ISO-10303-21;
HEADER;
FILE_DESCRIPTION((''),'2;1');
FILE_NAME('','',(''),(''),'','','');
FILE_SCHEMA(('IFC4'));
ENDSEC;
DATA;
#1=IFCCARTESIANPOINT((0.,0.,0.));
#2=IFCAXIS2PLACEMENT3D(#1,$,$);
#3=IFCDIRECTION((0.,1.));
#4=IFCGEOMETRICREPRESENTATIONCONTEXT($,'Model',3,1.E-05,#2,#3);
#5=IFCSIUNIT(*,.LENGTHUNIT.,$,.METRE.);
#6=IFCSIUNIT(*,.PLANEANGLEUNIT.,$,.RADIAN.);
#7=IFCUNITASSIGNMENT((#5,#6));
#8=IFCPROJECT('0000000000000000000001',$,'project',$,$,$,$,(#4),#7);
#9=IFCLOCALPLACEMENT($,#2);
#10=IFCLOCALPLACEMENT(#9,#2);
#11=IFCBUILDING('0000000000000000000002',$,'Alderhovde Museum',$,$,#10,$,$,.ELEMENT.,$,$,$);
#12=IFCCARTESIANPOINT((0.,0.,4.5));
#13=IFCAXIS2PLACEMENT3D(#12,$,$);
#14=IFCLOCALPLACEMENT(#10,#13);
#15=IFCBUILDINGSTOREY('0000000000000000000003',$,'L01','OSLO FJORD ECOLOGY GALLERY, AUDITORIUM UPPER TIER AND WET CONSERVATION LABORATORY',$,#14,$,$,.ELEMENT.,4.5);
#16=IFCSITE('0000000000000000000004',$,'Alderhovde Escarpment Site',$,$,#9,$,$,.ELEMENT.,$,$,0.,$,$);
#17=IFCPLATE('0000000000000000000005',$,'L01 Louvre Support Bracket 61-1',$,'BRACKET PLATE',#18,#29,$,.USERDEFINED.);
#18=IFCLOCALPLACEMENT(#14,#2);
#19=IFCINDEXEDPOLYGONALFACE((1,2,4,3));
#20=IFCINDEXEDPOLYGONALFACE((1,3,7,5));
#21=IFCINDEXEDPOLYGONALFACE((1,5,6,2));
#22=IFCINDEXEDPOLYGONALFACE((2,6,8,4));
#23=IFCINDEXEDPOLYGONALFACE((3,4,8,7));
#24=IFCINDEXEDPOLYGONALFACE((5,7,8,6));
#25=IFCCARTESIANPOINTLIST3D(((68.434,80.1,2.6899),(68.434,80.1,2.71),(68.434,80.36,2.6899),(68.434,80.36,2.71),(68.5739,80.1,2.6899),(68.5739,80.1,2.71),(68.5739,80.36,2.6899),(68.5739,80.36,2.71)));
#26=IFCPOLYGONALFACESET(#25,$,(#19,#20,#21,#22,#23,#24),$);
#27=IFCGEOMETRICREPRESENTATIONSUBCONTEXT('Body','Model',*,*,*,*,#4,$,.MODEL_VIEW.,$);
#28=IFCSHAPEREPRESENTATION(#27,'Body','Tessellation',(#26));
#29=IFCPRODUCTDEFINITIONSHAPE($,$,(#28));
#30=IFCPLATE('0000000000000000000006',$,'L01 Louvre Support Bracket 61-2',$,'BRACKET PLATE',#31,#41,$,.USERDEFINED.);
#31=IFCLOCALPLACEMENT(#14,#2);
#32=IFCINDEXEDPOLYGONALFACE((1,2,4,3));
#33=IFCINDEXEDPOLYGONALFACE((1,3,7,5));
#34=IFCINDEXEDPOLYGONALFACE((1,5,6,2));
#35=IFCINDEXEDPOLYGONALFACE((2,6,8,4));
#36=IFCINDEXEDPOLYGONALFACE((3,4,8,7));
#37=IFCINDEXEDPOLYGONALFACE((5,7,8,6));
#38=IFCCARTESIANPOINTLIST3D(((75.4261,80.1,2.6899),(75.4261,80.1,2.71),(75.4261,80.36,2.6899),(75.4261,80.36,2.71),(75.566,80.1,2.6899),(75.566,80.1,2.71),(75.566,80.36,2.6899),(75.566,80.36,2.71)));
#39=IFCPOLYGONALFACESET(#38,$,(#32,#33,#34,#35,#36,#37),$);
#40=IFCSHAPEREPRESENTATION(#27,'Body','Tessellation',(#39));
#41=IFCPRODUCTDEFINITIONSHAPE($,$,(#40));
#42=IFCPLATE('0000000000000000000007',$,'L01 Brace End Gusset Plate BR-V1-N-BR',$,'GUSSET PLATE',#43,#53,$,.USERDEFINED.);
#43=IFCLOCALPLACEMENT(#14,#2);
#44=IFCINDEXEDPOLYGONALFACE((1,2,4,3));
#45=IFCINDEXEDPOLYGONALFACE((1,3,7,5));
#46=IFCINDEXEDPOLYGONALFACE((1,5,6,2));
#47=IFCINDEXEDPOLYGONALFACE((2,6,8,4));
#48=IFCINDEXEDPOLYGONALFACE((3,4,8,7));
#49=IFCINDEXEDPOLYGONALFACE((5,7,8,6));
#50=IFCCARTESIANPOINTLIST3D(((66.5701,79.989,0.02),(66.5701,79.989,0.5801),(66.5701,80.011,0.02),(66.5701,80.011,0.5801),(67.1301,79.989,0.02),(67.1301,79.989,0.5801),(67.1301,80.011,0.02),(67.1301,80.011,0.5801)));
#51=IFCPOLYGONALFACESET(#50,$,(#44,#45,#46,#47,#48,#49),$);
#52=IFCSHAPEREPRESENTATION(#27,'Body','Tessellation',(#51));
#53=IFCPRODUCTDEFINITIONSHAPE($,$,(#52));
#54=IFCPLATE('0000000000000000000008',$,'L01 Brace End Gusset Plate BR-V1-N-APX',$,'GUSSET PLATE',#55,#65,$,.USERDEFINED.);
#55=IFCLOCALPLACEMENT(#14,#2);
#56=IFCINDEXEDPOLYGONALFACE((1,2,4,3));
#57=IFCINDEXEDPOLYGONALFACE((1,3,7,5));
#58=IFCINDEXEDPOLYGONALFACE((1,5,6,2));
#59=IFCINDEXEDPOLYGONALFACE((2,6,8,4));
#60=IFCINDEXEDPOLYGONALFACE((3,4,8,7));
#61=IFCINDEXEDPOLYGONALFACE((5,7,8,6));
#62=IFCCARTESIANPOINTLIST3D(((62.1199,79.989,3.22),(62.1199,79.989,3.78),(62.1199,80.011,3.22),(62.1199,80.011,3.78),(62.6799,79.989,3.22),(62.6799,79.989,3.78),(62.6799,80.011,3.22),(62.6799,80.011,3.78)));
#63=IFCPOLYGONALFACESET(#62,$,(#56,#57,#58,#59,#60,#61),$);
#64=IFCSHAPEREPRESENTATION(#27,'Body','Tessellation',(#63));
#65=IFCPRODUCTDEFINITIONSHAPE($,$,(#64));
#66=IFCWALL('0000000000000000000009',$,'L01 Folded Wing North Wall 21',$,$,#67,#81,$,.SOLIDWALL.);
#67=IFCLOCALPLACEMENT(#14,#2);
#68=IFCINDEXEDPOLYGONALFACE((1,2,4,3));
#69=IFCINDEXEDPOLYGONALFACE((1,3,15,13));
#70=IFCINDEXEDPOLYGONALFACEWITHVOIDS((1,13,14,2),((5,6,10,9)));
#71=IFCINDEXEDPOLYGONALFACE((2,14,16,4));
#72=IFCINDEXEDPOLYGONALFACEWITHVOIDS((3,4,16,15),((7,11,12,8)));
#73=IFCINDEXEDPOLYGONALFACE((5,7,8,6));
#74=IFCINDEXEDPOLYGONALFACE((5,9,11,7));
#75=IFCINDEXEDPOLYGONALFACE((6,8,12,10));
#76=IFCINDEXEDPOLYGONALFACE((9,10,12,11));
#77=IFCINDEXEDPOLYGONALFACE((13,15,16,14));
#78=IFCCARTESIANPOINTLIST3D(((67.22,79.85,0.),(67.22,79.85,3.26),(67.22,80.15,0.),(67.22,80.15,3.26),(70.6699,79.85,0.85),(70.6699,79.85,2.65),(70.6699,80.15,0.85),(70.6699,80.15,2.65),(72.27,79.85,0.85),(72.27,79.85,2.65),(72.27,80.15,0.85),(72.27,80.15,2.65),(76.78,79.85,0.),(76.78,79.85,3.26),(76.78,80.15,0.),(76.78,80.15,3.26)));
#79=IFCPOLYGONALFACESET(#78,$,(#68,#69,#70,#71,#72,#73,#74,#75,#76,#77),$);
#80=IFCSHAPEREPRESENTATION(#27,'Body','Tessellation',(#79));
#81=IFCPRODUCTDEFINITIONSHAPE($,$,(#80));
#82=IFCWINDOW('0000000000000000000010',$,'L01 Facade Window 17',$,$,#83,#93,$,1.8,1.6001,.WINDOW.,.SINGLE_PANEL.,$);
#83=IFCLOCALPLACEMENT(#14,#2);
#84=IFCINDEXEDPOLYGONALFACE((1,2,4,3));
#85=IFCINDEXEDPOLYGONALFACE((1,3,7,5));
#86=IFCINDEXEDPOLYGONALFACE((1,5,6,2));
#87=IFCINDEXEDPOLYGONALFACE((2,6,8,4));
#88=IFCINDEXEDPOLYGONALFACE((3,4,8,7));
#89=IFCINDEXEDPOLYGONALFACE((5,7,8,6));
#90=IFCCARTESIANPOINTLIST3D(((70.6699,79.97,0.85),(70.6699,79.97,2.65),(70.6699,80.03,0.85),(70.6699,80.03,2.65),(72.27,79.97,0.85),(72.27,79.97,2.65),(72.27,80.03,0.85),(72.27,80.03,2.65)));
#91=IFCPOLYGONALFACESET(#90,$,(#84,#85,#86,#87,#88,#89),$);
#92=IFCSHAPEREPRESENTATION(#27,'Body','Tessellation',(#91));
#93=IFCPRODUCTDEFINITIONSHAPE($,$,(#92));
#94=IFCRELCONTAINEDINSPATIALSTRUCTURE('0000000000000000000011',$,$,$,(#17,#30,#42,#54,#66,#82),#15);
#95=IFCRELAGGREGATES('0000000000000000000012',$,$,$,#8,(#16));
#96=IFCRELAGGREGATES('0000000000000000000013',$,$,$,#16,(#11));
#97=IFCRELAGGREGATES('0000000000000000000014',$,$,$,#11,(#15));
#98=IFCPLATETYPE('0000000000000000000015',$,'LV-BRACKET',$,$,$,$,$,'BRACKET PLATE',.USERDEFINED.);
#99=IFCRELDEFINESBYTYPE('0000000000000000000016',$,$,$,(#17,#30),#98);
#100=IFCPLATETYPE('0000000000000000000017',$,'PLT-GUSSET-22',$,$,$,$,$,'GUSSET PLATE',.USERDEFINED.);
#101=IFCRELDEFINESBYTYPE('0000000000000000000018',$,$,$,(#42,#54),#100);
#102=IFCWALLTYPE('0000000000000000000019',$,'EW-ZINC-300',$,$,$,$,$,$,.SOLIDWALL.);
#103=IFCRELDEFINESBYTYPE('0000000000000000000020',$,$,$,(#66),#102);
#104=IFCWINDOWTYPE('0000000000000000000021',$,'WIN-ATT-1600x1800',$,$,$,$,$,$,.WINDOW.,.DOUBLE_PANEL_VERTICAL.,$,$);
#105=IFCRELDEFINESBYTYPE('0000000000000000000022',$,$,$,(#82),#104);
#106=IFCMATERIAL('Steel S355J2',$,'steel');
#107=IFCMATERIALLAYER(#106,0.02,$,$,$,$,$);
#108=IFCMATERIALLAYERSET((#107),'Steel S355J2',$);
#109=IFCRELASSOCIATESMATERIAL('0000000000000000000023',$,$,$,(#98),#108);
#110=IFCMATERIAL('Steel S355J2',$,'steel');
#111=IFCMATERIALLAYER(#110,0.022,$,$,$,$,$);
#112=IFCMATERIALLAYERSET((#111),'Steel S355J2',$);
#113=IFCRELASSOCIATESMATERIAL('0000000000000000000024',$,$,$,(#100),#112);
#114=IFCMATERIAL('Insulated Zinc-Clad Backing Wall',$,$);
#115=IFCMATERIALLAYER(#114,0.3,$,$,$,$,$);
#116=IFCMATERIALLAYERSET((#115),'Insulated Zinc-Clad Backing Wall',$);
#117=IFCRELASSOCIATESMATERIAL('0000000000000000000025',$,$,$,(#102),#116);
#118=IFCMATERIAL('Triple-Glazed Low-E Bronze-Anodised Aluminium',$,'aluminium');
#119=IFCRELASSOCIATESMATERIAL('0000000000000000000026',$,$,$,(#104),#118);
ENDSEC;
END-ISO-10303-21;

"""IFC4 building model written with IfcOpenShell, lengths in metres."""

from ifc_helpers import new_model, si_unit, direction, frame, frame_2d, origin, origin_2d, place, context, subcontext, project, spatial, rectangle, extrude, material, layer, layer_set, type_object, element, fill, save


model = new_model("IFC4")

# Units and contexts
model_context = context("Model", 3, precision=1e-05, world=origin(), true_north=direction((0.0, 1.0)))
body_context = subcontext(model_context, "Body", "Model", "MODEL_VIEW")
ifc_project = project(units=[si_unit("LENGTHUNIT", "METRE"), si_unit("PLANEANGLEUNIT", "RADIAN")], contexts=[model_context])

# Site, building, storey
site_placement = place(None, origin())
site = spatial("IfcSite", under=ifc_project, at=site_placement, Name="Alderhovde Escarpment Site", CompositionType="ELEMENT", RefElevation=0.0)
building_placement = place(site_placement, origin())
building = spatial("IfcBuilding", under=site, at=building_placement, Name="Alderhovde Museum", CompositionType="ELEMENT")
storey_placement = place(building_placement, frame((0.0, 0.0, 4.5)))
storey = spatial("IfcBuildingStorey", under=building, at=storey_placement, Name="L01", Description="OSLO FJORD ECOLOGY GALLERY, AUDITORIUM UPPER TIER AND WET CONSERVATION LABORATORY", CompositionType="ELEMENT", Elevation=4.5)

# Plates
ifc_material_1 = material(Name="Steel S355J2", Category="steel")
ifc_layer_1 = layer(ifc_material_1, 0.02)
ifc_layer_set_1 = layer_set([ifc_layer_1], Name="Steel S355J2")
plate_type_1 = type_object("IfcPlateType", Name="LV-BRACKET", ElementType="BRACKET PLATE", PredefinedType="USERDEFINED", material=ifc_layer_set_1)
for number, where, z_axis, x_axis, name in (
    (1, (68.5039, 80.23, 2.6899), (0.0, 0.0, 1.0), (1.0, 0.0, 0.0), "L01 Louvre Support Bracket 61-1"),
    (2, (75.4961, 80.23, 2.6899), (0.0, 0.0, 1.0), (1.0, 0.0, 0.0), "L01 Louvre Support Bracket 61-2"),
):
    element("IfcPlate", number, at=place(storey_placement, frame(where, z_axis=z_axis, x_axis=x_axis)), inside=storey, type_object=plate_type_1, Name=name, ObjectType="BRACKET PLATE", PredefinedType="USERDEFINED", context=body_context, shape_type="SweptSolid", body=[
        extrude(rectangle(XDim=0.1399, YDim=0.26, at=origin_2d()), origin(), (0.0, 0.0, 1.0), 0.02),
    ])
ifc_material_2 = material(Name="Steel S355J2", Category="steel")
ifc_layer_2 = layer(ifc_material_2, 0.022)
ifc_layer_set_2 = layer_set([ifc_layer_2], Name="Steel S355J2")
plate_type_2 = type_object("IfcPlateType", Name="PLT-GUSSET-22", ElementType="GUSSET PLATE", PredefinedType="USERDEFINED", material=ifc_layer_set_2)
for number, where, z_axis, x_axis, name in (
    (3, (66.8501, 80.0, 0.02), (0.0, 0.0, 1.0), (1.0, 0.0, 0.0), "L01 Brace End Gusset Plate BR-V1-N-BR"),
    (4, (62.3999, 80.0, 3.22), (0.0, 0.0, 1.0), (1.0, 0.0, 0.0), "L01 Brace End Gusset Plate BR-V1-N-APX"),
):
    element("IfcPlate", number, at=place(storey_placement, frame(where, z_axis=z_axis, x_axis=x_axis)), inside=storey, type_object=plate_type_2, Name=name, ObjectType="GUSSET PLATE", PredefinedType="USERDEFINED", context=body_context, shape_type="SweptSolid", body=[
        extrude(rectangle(XDim=0.5601, YDim=0.022, at=origin_2d()), origin(), (0.0, 0.0, 1.0), 0.5601),
    ])

# Wall, opening, window
ifc_material_3 = material(Name="Insulated Zinc-Clad Backing Wall")
ifc_layer_3 = layer(ifc_material_3, 0.3)
ifc_layer_set_3 = layer_set([ifc_layer_3], Name="Insulated Zinc-Clad Backing Wall")
wall_type = type_object("IfcWallType", Name="EW-ZINC-300", PredefinedType="SOLIDWALL", material=ifc_layer_set_3)
wall_placement = place(storey_placement, frame((67.22, 80.0, 0.0), z_axis=(0.0, 0.0, 1.0), x_axis=(1.0, 0.0, 0.0)))
wall = element("IfcWall", 5, at=wall_placement, inside=storey, type_object=wall_type, Name="L01 Folded Wing North Wall 21", PredefinedType="SOLIDWALL", context=body_context, shape_type="SweptSolid", body=[
    extrude(rectangle(XDim=9.5601, YDim=0.3, at=frame_2d((4.78, 0.0))), origin(), (0.0, 0.0, 1.0), 3.26),
])
opening_placement = place(wall_placement, frame((3.45, 0.0, 0.8501)))
opening = element("IfcOpeningElement", 6, at=opening_placement, cuts=wall, PredefinedType="OPENING", context=body_context, shape_type="SweptSolid", body=[
    extrude(rectangle(XDim=1.6001, YDim=1.8, at=frame_2d((0.8, 0.8999))), frame((0.0, 0.1599, 0.0), z_axis=(0.0, -1.0, 0.0), x_axis=(1.0, 0.0, 0.0)), (0.0, 0.0, 1.0), 0.3201),
])
ifc_material_4 = material(Name="Triple-Glazed Low-E Bronze-Anodised Aluminium", Category="aluminium")
window_type = type_object("IfcWindowType", Name="WIN-ATT-1600x1800", PartitioningType="DOUBLE_PANEL_VERTICAL", PredefinedType="WINDOW", material=ifc_material_4)
window_placement = place(opening_placement, origin())
window = element("IfcWindow", 7, at=window_placement, inside=storey, type_object=window_type, Name="L01 Facade Window 17", OverallHeight=1.8, OverallWidth=1.6001, PartitioningType="SINGLE_PANEL", PredefinedType="WINDOW", context=body_context, shape_type="SweptSolid", body=[
    extrude(rectangle(XDim=1.6001, YDim=1.8, at=frame_2d((0.8, 0.8999))), frame((0.0, 0.03, 0.0), z_axis=(0.0, -1.0, 0.0), x_axis=(1.0, 0.0, 0.0)), (0.0, 0.0, 1.0), 0.0601),
])
fill(opening, window)

save(model, "model.ifc")
